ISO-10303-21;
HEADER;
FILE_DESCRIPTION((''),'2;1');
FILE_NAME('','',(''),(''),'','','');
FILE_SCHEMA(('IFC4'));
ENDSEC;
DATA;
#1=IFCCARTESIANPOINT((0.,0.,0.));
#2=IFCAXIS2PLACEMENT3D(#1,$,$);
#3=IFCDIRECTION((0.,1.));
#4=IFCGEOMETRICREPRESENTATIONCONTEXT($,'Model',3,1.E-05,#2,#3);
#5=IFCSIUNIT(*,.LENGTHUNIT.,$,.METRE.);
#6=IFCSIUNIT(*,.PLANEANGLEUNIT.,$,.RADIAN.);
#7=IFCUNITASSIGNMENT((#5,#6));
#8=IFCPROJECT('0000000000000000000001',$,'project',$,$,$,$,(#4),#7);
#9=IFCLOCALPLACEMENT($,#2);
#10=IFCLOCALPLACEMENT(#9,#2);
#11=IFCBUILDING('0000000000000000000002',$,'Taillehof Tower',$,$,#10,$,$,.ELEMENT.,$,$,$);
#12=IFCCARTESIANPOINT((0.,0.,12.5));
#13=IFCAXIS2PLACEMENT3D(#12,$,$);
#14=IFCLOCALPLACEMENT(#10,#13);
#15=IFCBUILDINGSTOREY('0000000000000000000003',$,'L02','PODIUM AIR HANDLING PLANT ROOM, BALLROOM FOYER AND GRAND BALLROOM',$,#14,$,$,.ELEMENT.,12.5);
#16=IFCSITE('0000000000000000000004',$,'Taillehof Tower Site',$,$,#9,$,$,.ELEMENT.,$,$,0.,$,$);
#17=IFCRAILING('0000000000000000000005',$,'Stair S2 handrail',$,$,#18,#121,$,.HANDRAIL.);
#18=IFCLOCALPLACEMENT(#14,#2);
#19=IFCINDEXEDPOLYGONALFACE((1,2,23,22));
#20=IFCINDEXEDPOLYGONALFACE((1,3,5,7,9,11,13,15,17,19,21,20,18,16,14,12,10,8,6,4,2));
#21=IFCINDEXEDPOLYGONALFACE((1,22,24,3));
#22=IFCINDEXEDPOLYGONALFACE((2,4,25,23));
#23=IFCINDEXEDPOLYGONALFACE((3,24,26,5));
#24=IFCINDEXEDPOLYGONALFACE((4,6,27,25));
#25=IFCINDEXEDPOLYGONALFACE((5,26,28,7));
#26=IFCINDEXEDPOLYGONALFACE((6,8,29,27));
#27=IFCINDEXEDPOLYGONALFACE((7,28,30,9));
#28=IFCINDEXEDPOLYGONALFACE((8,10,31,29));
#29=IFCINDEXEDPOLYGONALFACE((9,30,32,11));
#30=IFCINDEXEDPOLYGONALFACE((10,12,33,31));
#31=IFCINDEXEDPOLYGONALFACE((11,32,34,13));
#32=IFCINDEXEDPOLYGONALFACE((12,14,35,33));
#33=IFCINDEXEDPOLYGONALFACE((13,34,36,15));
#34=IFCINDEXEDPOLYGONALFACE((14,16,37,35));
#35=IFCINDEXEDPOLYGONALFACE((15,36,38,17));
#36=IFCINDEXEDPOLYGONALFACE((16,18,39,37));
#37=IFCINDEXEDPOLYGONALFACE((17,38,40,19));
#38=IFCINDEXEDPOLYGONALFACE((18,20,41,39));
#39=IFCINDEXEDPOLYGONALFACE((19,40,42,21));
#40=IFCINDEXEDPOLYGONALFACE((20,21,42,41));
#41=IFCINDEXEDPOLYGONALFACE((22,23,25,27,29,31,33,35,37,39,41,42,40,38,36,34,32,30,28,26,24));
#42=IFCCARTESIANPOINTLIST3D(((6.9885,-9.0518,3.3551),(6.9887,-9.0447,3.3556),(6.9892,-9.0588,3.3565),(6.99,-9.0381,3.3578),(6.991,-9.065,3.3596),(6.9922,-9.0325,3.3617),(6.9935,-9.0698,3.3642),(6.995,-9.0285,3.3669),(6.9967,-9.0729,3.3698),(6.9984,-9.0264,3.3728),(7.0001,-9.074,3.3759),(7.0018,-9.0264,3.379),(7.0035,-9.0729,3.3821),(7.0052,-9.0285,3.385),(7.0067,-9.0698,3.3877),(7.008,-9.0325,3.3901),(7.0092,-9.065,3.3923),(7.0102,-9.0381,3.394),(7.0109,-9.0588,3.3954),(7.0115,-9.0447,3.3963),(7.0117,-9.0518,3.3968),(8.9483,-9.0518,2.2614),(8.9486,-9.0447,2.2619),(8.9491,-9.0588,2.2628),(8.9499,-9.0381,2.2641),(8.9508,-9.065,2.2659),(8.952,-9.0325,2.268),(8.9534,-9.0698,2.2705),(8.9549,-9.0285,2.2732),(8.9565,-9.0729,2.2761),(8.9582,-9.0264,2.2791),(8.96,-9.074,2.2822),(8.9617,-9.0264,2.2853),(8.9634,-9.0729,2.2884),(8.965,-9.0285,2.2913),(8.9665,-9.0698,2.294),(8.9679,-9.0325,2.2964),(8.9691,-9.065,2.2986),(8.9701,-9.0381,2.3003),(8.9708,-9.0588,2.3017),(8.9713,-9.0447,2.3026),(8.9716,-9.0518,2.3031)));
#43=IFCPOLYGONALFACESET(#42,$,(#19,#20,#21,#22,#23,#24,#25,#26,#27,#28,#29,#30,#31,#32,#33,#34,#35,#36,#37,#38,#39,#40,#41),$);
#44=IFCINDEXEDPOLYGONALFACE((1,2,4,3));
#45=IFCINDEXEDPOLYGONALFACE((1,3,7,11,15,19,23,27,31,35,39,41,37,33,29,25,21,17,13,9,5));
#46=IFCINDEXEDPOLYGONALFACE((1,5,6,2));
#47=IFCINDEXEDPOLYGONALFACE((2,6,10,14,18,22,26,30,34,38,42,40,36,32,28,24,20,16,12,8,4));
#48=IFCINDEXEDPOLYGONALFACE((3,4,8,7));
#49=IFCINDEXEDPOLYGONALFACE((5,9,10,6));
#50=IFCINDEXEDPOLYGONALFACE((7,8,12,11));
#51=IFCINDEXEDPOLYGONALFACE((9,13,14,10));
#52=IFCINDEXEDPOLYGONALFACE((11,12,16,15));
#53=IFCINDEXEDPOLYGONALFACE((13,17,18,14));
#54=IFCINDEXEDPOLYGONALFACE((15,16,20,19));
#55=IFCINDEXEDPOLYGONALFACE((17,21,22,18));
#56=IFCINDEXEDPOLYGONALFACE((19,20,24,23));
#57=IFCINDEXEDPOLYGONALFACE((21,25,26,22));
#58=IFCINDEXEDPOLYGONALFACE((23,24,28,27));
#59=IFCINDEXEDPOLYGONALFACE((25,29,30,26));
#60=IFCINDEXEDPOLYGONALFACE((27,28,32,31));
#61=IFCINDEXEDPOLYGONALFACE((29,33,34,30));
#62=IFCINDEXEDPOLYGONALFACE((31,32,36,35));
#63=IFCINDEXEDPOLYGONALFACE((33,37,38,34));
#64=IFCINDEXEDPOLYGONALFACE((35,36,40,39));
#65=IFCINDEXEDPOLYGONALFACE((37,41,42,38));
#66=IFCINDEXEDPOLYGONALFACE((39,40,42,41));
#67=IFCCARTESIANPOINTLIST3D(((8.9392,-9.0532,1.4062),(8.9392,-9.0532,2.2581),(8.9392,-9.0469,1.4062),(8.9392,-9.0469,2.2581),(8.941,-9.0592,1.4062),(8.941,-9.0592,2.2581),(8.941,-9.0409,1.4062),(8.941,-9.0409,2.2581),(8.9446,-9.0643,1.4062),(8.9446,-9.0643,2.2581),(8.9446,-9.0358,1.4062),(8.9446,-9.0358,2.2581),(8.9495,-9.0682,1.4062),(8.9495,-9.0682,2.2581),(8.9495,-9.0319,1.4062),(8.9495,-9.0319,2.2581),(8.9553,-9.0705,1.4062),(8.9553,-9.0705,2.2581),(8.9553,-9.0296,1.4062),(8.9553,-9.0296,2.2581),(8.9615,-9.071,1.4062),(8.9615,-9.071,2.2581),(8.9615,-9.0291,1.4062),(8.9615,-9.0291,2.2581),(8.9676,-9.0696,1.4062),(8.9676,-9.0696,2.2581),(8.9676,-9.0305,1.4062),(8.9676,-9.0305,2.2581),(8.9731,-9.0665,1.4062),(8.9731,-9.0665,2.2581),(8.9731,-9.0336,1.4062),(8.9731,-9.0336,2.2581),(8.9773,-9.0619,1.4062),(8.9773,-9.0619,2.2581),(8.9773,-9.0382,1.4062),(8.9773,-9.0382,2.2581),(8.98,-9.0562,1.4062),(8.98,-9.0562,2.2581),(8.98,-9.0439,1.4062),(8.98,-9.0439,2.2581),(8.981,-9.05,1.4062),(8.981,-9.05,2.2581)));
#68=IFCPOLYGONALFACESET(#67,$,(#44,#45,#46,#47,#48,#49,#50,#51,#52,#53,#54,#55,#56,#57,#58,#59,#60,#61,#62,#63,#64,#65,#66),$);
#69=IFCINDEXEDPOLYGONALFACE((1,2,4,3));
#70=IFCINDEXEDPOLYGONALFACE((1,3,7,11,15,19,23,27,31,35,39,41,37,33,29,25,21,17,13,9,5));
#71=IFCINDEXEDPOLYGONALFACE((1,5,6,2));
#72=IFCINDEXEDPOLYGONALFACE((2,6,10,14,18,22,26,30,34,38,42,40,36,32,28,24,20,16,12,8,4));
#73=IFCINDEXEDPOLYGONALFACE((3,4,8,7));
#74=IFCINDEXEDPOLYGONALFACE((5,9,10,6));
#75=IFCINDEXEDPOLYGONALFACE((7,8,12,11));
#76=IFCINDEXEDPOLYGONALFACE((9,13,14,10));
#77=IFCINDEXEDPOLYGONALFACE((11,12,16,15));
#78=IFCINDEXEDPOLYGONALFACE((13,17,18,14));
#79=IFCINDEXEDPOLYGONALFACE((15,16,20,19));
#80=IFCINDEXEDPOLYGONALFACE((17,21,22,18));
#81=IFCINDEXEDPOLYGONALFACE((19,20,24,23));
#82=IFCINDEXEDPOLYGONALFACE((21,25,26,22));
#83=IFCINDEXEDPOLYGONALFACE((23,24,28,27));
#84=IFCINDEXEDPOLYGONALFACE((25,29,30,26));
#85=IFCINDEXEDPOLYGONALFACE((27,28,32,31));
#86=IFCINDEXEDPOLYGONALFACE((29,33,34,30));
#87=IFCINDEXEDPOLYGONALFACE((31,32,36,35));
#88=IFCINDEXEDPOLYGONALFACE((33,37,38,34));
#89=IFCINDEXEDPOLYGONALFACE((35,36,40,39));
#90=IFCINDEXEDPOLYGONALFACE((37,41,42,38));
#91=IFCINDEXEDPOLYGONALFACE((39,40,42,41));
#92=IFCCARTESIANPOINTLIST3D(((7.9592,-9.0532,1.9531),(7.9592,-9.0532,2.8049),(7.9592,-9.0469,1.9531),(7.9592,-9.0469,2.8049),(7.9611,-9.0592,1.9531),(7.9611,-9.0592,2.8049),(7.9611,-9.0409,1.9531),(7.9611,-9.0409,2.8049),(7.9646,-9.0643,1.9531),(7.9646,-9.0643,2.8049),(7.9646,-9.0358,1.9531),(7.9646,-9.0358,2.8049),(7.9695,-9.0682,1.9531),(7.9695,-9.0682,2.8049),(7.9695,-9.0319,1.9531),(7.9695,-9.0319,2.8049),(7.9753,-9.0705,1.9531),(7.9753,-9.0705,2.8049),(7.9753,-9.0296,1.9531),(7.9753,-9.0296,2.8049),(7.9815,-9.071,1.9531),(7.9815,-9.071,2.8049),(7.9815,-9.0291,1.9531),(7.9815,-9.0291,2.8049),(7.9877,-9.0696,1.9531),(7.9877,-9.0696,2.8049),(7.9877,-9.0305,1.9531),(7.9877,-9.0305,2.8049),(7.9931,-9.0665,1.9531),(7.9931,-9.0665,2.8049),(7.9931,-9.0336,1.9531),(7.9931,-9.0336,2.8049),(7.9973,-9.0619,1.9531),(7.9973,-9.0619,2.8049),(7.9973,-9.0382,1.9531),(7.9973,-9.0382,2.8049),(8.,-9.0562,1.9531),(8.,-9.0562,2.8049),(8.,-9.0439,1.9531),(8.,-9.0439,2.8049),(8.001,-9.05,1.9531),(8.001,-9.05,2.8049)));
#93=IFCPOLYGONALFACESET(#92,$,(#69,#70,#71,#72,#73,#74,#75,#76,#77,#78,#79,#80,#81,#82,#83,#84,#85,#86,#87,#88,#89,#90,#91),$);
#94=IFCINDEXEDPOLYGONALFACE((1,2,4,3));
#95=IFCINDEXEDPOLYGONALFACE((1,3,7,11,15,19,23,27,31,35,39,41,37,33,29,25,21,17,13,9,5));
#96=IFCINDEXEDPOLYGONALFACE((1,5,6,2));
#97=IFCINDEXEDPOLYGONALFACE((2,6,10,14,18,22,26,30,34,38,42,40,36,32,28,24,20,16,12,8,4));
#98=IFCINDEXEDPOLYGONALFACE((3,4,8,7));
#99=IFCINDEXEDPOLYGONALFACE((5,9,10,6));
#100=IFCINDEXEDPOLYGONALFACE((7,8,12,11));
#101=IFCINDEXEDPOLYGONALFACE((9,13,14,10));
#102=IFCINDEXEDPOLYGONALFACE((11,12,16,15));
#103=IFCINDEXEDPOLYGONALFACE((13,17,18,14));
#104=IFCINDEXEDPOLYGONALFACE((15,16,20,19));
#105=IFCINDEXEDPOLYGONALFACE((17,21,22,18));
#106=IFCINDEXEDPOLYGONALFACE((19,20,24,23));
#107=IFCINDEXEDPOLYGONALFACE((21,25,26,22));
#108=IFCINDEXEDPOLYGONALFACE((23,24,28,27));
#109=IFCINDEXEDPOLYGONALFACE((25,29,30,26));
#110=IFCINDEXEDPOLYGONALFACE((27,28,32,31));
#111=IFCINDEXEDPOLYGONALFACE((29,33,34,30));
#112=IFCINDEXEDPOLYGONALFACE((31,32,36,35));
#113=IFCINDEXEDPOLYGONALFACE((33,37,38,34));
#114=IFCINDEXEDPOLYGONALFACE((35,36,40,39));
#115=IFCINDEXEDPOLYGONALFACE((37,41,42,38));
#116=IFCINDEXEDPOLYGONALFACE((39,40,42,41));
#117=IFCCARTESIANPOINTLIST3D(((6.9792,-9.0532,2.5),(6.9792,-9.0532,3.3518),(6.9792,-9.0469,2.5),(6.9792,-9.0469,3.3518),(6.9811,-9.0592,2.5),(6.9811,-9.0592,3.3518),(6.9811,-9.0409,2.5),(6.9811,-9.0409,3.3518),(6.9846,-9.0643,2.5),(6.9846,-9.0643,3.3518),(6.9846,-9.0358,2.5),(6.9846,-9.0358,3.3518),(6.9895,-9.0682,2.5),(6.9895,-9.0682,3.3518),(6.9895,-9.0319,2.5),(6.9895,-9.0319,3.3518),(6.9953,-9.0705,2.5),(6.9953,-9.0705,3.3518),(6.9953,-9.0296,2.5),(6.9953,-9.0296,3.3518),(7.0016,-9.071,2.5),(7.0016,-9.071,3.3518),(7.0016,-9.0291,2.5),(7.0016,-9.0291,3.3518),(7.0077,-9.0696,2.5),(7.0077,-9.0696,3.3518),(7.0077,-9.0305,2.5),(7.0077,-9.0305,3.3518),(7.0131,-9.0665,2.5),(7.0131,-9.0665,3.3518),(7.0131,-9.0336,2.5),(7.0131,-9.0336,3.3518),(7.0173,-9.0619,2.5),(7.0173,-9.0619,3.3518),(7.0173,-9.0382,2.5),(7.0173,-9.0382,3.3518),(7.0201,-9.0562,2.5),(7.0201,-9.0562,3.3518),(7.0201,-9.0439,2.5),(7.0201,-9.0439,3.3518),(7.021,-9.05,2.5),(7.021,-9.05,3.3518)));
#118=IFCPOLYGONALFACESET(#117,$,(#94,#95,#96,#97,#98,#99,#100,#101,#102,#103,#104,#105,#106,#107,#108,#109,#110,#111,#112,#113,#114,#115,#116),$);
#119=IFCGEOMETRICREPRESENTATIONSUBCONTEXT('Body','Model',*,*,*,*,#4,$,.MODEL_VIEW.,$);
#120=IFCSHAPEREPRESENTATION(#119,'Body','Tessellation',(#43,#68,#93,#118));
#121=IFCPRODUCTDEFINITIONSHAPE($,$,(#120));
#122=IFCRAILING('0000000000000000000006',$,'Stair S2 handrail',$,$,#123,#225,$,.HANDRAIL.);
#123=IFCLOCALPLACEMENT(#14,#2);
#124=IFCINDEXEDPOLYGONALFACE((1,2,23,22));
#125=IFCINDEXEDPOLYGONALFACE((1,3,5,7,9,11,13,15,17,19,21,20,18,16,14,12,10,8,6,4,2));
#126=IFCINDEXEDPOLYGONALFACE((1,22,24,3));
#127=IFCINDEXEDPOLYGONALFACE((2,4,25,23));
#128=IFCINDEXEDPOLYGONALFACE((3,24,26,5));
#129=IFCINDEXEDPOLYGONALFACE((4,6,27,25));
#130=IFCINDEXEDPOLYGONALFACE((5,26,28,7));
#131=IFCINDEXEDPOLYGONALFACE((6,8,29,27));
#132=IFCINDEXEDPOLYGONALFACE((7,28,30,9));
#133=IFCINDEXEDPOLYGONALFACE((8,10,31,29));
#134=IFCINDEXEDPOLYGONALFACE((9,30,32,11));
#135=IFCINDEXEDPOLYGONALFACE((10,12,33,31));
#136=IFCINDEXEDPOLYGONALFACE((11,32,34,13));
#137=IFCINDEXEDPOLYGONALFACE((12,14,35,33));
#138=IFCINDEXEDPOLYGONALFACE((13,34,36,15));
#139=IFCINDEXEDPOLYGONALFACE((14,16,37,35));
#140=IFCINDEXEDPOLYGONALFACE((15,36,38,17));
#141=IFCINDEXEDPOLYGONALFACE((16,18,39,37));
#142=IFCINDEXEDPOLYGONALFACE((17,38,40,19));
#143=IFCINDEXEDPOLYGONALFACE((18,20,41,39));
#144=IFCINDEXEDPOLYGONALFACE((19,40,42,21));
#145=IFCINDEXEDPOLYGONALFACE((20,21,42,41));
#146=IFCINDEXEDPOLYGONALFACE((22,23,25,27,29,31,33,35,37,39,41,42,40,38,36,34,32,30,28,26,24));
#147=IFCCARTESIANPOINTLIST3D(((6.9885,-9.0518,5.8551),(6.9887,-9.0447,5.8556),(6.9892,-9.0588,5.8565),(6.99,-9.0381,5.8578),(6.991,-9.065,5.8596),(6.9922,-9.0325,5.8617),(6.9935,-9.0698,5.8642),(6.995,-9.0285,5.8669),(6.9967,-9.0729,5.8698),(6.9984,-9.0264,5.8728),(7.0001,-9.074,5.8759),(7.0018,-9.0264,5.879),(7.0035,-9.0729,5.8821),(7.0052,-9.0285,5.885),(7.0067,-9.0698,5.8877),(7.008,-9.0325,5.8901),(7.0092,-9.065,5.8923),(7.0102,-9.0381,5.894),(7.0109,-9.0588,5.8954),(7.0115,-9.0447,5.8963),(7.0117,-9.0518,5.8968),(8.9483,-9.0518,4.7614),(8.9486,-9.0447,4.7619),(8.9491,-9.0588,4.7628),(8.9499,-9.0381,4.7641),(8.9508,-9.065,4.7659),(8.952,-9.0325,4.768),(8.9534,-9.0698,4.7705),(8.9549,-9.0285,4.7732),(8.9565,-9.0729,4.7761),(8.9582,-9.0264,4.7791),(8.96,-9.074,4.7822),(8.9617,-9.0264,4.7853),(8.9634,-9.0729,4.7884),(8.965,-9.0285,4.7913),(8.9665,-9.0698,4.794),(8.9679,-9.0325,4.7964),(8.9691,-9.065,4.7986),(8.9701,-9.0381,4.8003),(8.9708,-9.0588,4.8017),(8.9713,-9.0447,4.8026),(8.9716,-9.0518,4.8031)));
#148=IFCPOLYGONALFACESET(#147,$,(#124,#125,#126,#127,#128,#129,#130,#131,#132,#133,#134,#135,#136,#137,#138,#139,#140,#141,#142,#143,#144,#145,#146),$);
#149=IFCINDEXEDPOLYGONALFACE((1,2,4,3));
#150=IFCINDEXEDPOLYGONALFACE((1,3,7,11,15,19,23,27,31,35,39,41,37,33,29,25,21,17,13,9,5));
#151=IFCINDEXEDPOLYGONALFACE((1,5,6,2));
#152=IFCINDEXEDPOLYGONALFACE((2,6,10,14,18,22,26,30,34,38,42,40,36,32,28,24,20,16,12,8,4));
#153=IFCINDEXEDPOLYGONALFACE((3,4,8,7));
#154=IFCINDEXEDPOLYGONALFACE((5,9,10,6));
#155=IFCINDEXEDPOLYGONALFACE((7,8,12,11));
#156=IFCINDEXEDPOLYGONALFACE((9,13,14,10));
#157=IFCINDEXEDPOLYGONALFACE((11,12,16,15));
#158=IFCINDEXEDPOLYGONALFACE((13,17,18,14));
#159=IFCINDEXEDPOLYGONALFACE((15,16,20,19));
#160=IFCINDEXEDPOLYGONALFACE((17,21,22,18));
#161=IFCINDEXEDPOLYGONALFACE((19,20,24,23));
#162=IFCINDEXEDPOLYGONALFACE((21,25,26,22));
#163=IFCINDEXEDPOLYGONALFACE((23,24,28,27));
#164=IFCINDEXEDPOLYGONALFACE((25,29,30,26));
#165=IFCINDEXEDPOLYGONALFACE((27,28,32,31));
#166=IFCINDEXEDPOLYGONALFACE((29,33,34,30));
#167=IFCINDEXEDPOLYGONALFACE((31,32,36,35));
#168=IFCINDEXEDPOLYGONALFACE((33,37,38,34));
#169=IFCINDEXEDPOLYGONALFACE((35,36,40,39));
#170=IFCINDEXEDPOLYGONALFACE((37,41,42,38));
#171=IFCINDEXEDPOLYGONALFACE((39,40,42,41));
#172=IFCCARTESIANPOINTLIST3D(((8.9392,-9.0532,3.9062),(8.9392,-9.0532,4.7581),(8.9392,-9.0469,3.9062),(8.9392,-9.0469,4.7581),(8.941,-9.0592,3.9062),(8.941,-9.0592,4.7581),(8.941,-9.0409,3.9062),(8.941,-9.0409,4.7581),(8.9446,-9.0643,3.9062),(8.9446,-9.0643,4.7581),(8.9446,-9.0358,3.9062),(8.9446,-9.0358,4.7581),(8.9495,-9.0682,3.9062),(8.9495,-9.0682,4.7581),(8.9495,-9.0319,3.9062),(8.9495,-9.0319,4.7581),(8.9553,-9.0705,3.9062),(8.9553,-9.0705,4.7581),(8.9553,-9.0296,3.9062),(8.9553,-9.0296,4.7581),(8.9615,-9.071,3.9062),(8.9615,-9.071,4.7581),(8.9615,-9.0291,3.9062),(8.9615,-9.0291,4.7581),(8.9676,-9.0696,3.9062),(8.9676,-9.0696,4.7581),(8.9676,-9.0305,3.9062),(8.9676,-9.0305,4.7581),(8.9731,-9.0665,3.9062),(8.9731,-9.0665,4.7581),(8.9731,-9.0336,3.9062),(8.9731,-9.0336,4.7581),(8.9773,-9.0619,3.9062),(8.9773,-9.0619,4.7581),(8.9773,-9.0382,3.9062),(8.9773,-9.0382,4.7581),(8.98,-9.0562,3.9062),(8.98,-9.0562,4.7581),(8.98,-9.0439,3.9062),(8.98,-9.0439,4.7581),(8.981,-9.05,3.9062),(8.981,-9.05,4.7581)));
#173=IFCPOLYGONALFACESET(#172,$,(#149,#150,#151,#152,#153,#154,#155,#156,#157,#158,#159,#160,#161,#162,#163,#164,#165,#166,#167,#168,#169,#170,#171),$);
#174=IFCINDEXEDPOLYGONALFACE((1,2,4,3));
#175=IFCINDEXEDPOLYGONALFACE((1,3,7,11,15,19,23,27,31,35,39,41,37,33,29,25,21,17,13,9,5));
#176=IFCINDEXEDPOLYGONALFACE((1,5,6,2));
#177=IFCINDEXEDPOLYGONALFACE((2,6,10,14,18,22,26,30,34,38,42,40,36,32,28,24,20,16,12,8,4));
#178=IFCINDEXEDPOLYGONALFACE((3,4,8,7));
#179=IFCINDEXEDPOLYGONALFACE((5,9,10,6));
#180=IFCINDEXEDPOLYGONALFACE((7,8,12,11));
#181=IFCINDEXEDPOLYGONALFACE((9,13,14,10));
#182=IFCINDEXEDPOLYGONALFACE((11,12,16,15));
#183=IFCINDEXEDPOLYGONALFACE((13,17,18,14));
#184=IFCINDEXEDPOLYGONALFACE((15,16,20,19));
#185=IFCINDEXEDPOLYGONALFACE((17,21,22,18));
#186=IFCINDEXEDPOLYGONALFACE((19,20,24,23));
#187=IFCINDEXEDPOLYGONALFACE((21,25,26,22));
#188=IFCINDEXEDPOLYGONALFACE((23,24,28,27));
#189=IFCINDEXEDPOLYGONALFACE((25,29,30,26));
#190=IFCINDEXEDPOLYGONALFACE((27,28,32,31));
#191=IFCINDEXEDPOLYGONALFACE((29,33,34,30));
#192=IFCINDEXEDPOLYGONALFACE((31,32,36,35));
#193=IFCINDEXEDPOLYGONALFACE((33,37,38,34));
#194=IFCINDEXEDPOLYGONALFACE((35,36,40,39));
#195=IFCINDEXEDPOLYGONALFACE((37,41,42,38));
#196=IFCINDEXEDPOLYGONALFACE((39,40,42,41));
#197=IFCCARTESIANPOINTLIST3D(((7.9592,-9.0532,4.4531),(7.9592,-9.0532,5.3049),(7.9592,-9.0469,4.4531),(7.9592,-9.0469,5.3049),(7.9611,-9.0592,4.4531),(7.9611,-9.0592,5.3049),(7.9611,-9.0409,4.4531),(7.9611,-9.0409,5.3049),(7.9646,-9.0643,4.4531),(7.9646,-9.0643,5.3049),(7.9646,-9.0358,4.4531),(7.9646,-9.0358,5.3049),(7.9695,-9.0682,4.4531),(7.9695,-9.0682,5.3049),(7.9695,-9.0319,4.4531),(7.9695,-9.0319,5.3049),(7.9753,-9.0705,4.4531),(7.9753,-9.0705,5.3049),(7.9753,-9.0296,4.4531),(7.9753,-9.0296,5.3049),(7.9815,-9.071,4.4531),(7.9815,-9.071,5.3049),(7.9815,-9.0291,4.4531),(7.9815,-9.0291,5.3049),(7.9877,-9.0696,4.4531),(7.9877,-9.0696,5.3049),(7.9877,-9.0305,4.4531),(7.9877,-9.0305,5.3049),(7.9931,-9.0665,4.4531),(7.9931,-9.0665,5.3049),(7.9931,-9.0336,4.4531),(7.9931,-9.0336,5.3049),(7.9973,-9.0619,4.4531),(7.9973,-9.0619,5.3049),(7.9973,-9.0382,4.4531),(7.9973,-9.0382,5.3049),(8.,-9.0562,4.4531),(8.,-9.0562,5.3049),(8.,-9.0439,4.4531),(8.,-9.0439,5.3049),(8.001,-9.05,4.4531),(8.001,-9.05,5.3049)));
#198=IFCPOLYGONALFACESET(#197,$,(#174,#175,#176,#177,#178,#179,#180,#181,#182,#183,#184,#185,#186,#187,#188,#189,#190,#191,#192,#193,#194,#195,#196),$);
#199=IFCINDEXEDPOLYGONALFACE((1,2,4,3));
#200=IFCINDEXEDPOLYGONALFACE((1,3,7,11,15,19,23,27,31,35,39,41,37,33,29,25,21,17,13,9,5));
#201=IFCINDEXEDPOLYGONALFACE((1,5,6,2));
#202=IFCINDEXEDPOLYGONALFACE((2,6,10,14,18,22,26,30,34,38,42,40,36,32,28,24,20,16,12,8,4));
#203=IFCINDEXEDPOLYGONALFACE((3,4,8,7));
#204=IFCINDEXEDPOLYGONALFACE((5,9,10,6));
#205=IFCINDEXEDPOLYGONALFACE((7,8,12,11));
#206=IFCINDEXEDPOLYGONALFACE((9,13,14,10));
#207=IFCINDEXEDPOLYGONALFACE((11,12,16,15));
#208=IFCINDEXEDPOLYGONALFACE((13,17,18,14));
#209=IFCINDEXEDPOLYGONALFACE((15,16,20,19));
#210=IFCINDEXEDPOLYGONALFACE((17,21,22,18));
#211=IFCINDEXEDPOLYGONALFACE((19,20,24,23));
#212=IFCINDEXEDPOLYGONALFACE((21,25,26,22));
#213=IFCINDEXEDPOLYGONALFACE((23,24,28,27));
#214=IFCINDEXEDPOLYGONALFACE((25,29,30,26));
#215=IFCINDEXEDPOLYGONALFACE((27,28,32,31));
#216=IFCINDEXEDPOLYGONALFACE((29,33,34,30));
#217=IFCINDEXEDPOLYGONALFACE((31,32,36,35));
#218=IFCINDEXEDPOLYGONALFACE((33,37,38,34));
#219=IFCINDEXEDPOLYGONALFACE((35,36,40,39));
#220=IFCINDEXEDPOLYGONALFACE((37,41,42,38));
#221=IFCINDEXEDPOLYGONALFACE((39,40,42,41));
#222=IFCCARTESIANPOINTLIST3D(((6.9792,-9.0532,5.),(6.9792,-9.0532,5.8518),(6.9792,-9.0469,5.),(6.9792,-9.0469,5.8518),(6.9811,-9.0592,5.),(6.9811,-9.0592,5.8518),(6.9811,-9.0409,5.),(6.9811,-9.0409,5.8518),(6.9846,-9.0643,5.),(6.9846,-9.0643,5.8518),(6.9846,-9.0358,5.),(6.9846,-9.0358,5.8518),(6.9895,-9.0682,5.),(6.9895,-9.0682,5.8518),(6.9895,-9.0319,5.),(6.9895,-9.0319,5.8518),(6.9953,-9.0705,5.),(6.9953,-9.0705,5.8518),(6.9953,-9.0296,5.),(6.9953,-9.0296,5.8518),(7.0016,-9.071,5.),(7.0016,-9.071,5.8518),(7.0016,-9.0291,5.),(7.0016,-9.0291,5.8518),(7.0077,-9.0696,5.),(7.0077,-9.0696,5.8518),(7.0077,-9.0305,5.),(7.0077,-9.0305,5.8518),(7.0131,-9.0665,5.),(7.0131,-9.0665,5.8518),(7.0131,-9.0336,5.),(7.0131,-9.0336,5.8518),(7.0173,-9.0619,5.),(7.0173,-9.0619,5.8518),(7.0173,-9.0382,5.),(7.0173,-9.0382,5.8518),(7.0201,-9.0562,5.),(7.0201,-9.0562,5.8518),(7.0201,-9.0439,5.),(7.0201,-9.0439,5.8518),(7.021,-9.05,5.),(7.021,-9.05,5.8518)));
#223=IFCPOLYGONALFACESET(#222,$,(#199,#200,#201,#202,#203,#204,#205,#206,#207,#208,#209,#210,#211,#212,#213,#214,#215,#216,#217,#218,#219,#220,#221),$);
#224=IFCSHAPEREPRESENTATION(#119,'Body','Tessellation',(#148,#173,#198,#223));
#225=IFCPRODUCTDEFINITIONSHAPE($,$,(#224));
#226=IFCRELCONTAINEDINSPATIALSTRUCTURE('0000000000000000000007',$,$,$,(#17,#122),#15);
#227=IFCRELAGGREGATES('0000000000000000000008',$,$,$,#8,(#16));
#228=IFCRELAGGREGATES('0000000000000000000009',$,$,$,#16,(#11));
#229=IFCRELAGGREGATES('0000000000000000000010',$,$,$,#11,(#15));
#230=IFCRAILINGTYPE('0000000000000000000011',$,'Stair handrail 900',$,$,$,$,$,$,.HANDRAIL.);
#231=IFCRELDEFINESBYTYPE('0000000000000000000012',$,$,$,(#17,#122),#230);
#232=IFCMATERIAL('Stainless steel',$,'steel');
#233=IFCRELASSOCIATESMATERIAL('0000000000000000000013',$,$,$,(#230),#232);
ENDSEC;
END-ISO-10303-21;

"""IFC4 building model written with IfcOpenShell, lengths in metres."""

from ifc_helpers import new_model, si_unit, direction, frame, origin, origin_2d, place, context, subcontext, project, spatial, circle, extrude, material, type_object, element, save


model = new_model("IFC4")

# Units and contexts
model_context = context("Model", 3, precision=1e-05, world=origin(), true_north=direction((0.0, 1.0)))
body_context = subcontext(model_context, "Body", "Model", "MODEL_VIEW")
ifc_project = project(units=[si_unit("LENGTHUNIT", "METRE"), si_unit("PLANEANGLEUNIT", "RADIAN")], contexts=[model_context])

# Site, building, storey
site_placement = place(None, origin())
site = spatial("IfcSite", under=ifc_project, at=site_placement, Name="Taillehof Tower Site", CompositionType="ELEMENT", RefElevation=0.0)
building_placement = place(site_placement, origin())
building = spatial("IfcBuilding", under=site, at=building_placement, Name="Taillehof Tower", CompositionType="ELEMENT")
storey_placement = place(building_placement, frame((0.0, 0.0, 12.5)))
storey = spatial("IfcBuildingStorey", under=building, at=storey_placement, Name="L02", Description="PODIUM AIR HANDLING PLANT ROOM, BALLROOM FOYER AND GRAND BALLROOM", CompositionType="ELEMENT", Elevation=12.5)

# Railings
ifc_material_1 = material(Name="Stainless steel", Category="steel")
railing_type = type_object("IfcRailingType", Name="Stair handrail 900", PredefinedType="HANDRAIL", material=ifc_material_1)
for number, where, name in (
    (1, (8.96, -9.05, 1.4062), "Stair S2 handrail"),
    (2, (8.96, -9.05, 3.9062), "Stair S2 handrail"),
):
    element("IfcRailing", number, at=place(storey_placement, frame(where)), inside=storey, type_object=railing_type, Name=name, PredefinedType="HANDRAIL", context=body_context, shape_type="SweptSolid", body=[
        extrude(circle(Radius=0.0239, at=origin_2d()), frame((0.0, 0.0, 0.876), z_axis=(-0.873232, 0.0, 0.487304), x_axis=(0.0, -1.0, 0.0)), (0.0, 0.0, 1.0), 2.2444),
        extrude(circle(Radius=0.021, at=origin_2d()), origin(), (0.0, 0.0, 1.0), 0.8518),
        extrude(circle(Radius=0.021, at=origin_2d()), frame((-0.98, 0.0, 0.5469)), (0.0, 0.0, 1.0), 0.8518),
        extrude(circle(Radius=0.021, at=origin_2d()), frame((-1.96, 0.0, 1.0938)), (0.0, 0.0, 1.0), 0.8518),
    ])

save(model, "model.ifc")
